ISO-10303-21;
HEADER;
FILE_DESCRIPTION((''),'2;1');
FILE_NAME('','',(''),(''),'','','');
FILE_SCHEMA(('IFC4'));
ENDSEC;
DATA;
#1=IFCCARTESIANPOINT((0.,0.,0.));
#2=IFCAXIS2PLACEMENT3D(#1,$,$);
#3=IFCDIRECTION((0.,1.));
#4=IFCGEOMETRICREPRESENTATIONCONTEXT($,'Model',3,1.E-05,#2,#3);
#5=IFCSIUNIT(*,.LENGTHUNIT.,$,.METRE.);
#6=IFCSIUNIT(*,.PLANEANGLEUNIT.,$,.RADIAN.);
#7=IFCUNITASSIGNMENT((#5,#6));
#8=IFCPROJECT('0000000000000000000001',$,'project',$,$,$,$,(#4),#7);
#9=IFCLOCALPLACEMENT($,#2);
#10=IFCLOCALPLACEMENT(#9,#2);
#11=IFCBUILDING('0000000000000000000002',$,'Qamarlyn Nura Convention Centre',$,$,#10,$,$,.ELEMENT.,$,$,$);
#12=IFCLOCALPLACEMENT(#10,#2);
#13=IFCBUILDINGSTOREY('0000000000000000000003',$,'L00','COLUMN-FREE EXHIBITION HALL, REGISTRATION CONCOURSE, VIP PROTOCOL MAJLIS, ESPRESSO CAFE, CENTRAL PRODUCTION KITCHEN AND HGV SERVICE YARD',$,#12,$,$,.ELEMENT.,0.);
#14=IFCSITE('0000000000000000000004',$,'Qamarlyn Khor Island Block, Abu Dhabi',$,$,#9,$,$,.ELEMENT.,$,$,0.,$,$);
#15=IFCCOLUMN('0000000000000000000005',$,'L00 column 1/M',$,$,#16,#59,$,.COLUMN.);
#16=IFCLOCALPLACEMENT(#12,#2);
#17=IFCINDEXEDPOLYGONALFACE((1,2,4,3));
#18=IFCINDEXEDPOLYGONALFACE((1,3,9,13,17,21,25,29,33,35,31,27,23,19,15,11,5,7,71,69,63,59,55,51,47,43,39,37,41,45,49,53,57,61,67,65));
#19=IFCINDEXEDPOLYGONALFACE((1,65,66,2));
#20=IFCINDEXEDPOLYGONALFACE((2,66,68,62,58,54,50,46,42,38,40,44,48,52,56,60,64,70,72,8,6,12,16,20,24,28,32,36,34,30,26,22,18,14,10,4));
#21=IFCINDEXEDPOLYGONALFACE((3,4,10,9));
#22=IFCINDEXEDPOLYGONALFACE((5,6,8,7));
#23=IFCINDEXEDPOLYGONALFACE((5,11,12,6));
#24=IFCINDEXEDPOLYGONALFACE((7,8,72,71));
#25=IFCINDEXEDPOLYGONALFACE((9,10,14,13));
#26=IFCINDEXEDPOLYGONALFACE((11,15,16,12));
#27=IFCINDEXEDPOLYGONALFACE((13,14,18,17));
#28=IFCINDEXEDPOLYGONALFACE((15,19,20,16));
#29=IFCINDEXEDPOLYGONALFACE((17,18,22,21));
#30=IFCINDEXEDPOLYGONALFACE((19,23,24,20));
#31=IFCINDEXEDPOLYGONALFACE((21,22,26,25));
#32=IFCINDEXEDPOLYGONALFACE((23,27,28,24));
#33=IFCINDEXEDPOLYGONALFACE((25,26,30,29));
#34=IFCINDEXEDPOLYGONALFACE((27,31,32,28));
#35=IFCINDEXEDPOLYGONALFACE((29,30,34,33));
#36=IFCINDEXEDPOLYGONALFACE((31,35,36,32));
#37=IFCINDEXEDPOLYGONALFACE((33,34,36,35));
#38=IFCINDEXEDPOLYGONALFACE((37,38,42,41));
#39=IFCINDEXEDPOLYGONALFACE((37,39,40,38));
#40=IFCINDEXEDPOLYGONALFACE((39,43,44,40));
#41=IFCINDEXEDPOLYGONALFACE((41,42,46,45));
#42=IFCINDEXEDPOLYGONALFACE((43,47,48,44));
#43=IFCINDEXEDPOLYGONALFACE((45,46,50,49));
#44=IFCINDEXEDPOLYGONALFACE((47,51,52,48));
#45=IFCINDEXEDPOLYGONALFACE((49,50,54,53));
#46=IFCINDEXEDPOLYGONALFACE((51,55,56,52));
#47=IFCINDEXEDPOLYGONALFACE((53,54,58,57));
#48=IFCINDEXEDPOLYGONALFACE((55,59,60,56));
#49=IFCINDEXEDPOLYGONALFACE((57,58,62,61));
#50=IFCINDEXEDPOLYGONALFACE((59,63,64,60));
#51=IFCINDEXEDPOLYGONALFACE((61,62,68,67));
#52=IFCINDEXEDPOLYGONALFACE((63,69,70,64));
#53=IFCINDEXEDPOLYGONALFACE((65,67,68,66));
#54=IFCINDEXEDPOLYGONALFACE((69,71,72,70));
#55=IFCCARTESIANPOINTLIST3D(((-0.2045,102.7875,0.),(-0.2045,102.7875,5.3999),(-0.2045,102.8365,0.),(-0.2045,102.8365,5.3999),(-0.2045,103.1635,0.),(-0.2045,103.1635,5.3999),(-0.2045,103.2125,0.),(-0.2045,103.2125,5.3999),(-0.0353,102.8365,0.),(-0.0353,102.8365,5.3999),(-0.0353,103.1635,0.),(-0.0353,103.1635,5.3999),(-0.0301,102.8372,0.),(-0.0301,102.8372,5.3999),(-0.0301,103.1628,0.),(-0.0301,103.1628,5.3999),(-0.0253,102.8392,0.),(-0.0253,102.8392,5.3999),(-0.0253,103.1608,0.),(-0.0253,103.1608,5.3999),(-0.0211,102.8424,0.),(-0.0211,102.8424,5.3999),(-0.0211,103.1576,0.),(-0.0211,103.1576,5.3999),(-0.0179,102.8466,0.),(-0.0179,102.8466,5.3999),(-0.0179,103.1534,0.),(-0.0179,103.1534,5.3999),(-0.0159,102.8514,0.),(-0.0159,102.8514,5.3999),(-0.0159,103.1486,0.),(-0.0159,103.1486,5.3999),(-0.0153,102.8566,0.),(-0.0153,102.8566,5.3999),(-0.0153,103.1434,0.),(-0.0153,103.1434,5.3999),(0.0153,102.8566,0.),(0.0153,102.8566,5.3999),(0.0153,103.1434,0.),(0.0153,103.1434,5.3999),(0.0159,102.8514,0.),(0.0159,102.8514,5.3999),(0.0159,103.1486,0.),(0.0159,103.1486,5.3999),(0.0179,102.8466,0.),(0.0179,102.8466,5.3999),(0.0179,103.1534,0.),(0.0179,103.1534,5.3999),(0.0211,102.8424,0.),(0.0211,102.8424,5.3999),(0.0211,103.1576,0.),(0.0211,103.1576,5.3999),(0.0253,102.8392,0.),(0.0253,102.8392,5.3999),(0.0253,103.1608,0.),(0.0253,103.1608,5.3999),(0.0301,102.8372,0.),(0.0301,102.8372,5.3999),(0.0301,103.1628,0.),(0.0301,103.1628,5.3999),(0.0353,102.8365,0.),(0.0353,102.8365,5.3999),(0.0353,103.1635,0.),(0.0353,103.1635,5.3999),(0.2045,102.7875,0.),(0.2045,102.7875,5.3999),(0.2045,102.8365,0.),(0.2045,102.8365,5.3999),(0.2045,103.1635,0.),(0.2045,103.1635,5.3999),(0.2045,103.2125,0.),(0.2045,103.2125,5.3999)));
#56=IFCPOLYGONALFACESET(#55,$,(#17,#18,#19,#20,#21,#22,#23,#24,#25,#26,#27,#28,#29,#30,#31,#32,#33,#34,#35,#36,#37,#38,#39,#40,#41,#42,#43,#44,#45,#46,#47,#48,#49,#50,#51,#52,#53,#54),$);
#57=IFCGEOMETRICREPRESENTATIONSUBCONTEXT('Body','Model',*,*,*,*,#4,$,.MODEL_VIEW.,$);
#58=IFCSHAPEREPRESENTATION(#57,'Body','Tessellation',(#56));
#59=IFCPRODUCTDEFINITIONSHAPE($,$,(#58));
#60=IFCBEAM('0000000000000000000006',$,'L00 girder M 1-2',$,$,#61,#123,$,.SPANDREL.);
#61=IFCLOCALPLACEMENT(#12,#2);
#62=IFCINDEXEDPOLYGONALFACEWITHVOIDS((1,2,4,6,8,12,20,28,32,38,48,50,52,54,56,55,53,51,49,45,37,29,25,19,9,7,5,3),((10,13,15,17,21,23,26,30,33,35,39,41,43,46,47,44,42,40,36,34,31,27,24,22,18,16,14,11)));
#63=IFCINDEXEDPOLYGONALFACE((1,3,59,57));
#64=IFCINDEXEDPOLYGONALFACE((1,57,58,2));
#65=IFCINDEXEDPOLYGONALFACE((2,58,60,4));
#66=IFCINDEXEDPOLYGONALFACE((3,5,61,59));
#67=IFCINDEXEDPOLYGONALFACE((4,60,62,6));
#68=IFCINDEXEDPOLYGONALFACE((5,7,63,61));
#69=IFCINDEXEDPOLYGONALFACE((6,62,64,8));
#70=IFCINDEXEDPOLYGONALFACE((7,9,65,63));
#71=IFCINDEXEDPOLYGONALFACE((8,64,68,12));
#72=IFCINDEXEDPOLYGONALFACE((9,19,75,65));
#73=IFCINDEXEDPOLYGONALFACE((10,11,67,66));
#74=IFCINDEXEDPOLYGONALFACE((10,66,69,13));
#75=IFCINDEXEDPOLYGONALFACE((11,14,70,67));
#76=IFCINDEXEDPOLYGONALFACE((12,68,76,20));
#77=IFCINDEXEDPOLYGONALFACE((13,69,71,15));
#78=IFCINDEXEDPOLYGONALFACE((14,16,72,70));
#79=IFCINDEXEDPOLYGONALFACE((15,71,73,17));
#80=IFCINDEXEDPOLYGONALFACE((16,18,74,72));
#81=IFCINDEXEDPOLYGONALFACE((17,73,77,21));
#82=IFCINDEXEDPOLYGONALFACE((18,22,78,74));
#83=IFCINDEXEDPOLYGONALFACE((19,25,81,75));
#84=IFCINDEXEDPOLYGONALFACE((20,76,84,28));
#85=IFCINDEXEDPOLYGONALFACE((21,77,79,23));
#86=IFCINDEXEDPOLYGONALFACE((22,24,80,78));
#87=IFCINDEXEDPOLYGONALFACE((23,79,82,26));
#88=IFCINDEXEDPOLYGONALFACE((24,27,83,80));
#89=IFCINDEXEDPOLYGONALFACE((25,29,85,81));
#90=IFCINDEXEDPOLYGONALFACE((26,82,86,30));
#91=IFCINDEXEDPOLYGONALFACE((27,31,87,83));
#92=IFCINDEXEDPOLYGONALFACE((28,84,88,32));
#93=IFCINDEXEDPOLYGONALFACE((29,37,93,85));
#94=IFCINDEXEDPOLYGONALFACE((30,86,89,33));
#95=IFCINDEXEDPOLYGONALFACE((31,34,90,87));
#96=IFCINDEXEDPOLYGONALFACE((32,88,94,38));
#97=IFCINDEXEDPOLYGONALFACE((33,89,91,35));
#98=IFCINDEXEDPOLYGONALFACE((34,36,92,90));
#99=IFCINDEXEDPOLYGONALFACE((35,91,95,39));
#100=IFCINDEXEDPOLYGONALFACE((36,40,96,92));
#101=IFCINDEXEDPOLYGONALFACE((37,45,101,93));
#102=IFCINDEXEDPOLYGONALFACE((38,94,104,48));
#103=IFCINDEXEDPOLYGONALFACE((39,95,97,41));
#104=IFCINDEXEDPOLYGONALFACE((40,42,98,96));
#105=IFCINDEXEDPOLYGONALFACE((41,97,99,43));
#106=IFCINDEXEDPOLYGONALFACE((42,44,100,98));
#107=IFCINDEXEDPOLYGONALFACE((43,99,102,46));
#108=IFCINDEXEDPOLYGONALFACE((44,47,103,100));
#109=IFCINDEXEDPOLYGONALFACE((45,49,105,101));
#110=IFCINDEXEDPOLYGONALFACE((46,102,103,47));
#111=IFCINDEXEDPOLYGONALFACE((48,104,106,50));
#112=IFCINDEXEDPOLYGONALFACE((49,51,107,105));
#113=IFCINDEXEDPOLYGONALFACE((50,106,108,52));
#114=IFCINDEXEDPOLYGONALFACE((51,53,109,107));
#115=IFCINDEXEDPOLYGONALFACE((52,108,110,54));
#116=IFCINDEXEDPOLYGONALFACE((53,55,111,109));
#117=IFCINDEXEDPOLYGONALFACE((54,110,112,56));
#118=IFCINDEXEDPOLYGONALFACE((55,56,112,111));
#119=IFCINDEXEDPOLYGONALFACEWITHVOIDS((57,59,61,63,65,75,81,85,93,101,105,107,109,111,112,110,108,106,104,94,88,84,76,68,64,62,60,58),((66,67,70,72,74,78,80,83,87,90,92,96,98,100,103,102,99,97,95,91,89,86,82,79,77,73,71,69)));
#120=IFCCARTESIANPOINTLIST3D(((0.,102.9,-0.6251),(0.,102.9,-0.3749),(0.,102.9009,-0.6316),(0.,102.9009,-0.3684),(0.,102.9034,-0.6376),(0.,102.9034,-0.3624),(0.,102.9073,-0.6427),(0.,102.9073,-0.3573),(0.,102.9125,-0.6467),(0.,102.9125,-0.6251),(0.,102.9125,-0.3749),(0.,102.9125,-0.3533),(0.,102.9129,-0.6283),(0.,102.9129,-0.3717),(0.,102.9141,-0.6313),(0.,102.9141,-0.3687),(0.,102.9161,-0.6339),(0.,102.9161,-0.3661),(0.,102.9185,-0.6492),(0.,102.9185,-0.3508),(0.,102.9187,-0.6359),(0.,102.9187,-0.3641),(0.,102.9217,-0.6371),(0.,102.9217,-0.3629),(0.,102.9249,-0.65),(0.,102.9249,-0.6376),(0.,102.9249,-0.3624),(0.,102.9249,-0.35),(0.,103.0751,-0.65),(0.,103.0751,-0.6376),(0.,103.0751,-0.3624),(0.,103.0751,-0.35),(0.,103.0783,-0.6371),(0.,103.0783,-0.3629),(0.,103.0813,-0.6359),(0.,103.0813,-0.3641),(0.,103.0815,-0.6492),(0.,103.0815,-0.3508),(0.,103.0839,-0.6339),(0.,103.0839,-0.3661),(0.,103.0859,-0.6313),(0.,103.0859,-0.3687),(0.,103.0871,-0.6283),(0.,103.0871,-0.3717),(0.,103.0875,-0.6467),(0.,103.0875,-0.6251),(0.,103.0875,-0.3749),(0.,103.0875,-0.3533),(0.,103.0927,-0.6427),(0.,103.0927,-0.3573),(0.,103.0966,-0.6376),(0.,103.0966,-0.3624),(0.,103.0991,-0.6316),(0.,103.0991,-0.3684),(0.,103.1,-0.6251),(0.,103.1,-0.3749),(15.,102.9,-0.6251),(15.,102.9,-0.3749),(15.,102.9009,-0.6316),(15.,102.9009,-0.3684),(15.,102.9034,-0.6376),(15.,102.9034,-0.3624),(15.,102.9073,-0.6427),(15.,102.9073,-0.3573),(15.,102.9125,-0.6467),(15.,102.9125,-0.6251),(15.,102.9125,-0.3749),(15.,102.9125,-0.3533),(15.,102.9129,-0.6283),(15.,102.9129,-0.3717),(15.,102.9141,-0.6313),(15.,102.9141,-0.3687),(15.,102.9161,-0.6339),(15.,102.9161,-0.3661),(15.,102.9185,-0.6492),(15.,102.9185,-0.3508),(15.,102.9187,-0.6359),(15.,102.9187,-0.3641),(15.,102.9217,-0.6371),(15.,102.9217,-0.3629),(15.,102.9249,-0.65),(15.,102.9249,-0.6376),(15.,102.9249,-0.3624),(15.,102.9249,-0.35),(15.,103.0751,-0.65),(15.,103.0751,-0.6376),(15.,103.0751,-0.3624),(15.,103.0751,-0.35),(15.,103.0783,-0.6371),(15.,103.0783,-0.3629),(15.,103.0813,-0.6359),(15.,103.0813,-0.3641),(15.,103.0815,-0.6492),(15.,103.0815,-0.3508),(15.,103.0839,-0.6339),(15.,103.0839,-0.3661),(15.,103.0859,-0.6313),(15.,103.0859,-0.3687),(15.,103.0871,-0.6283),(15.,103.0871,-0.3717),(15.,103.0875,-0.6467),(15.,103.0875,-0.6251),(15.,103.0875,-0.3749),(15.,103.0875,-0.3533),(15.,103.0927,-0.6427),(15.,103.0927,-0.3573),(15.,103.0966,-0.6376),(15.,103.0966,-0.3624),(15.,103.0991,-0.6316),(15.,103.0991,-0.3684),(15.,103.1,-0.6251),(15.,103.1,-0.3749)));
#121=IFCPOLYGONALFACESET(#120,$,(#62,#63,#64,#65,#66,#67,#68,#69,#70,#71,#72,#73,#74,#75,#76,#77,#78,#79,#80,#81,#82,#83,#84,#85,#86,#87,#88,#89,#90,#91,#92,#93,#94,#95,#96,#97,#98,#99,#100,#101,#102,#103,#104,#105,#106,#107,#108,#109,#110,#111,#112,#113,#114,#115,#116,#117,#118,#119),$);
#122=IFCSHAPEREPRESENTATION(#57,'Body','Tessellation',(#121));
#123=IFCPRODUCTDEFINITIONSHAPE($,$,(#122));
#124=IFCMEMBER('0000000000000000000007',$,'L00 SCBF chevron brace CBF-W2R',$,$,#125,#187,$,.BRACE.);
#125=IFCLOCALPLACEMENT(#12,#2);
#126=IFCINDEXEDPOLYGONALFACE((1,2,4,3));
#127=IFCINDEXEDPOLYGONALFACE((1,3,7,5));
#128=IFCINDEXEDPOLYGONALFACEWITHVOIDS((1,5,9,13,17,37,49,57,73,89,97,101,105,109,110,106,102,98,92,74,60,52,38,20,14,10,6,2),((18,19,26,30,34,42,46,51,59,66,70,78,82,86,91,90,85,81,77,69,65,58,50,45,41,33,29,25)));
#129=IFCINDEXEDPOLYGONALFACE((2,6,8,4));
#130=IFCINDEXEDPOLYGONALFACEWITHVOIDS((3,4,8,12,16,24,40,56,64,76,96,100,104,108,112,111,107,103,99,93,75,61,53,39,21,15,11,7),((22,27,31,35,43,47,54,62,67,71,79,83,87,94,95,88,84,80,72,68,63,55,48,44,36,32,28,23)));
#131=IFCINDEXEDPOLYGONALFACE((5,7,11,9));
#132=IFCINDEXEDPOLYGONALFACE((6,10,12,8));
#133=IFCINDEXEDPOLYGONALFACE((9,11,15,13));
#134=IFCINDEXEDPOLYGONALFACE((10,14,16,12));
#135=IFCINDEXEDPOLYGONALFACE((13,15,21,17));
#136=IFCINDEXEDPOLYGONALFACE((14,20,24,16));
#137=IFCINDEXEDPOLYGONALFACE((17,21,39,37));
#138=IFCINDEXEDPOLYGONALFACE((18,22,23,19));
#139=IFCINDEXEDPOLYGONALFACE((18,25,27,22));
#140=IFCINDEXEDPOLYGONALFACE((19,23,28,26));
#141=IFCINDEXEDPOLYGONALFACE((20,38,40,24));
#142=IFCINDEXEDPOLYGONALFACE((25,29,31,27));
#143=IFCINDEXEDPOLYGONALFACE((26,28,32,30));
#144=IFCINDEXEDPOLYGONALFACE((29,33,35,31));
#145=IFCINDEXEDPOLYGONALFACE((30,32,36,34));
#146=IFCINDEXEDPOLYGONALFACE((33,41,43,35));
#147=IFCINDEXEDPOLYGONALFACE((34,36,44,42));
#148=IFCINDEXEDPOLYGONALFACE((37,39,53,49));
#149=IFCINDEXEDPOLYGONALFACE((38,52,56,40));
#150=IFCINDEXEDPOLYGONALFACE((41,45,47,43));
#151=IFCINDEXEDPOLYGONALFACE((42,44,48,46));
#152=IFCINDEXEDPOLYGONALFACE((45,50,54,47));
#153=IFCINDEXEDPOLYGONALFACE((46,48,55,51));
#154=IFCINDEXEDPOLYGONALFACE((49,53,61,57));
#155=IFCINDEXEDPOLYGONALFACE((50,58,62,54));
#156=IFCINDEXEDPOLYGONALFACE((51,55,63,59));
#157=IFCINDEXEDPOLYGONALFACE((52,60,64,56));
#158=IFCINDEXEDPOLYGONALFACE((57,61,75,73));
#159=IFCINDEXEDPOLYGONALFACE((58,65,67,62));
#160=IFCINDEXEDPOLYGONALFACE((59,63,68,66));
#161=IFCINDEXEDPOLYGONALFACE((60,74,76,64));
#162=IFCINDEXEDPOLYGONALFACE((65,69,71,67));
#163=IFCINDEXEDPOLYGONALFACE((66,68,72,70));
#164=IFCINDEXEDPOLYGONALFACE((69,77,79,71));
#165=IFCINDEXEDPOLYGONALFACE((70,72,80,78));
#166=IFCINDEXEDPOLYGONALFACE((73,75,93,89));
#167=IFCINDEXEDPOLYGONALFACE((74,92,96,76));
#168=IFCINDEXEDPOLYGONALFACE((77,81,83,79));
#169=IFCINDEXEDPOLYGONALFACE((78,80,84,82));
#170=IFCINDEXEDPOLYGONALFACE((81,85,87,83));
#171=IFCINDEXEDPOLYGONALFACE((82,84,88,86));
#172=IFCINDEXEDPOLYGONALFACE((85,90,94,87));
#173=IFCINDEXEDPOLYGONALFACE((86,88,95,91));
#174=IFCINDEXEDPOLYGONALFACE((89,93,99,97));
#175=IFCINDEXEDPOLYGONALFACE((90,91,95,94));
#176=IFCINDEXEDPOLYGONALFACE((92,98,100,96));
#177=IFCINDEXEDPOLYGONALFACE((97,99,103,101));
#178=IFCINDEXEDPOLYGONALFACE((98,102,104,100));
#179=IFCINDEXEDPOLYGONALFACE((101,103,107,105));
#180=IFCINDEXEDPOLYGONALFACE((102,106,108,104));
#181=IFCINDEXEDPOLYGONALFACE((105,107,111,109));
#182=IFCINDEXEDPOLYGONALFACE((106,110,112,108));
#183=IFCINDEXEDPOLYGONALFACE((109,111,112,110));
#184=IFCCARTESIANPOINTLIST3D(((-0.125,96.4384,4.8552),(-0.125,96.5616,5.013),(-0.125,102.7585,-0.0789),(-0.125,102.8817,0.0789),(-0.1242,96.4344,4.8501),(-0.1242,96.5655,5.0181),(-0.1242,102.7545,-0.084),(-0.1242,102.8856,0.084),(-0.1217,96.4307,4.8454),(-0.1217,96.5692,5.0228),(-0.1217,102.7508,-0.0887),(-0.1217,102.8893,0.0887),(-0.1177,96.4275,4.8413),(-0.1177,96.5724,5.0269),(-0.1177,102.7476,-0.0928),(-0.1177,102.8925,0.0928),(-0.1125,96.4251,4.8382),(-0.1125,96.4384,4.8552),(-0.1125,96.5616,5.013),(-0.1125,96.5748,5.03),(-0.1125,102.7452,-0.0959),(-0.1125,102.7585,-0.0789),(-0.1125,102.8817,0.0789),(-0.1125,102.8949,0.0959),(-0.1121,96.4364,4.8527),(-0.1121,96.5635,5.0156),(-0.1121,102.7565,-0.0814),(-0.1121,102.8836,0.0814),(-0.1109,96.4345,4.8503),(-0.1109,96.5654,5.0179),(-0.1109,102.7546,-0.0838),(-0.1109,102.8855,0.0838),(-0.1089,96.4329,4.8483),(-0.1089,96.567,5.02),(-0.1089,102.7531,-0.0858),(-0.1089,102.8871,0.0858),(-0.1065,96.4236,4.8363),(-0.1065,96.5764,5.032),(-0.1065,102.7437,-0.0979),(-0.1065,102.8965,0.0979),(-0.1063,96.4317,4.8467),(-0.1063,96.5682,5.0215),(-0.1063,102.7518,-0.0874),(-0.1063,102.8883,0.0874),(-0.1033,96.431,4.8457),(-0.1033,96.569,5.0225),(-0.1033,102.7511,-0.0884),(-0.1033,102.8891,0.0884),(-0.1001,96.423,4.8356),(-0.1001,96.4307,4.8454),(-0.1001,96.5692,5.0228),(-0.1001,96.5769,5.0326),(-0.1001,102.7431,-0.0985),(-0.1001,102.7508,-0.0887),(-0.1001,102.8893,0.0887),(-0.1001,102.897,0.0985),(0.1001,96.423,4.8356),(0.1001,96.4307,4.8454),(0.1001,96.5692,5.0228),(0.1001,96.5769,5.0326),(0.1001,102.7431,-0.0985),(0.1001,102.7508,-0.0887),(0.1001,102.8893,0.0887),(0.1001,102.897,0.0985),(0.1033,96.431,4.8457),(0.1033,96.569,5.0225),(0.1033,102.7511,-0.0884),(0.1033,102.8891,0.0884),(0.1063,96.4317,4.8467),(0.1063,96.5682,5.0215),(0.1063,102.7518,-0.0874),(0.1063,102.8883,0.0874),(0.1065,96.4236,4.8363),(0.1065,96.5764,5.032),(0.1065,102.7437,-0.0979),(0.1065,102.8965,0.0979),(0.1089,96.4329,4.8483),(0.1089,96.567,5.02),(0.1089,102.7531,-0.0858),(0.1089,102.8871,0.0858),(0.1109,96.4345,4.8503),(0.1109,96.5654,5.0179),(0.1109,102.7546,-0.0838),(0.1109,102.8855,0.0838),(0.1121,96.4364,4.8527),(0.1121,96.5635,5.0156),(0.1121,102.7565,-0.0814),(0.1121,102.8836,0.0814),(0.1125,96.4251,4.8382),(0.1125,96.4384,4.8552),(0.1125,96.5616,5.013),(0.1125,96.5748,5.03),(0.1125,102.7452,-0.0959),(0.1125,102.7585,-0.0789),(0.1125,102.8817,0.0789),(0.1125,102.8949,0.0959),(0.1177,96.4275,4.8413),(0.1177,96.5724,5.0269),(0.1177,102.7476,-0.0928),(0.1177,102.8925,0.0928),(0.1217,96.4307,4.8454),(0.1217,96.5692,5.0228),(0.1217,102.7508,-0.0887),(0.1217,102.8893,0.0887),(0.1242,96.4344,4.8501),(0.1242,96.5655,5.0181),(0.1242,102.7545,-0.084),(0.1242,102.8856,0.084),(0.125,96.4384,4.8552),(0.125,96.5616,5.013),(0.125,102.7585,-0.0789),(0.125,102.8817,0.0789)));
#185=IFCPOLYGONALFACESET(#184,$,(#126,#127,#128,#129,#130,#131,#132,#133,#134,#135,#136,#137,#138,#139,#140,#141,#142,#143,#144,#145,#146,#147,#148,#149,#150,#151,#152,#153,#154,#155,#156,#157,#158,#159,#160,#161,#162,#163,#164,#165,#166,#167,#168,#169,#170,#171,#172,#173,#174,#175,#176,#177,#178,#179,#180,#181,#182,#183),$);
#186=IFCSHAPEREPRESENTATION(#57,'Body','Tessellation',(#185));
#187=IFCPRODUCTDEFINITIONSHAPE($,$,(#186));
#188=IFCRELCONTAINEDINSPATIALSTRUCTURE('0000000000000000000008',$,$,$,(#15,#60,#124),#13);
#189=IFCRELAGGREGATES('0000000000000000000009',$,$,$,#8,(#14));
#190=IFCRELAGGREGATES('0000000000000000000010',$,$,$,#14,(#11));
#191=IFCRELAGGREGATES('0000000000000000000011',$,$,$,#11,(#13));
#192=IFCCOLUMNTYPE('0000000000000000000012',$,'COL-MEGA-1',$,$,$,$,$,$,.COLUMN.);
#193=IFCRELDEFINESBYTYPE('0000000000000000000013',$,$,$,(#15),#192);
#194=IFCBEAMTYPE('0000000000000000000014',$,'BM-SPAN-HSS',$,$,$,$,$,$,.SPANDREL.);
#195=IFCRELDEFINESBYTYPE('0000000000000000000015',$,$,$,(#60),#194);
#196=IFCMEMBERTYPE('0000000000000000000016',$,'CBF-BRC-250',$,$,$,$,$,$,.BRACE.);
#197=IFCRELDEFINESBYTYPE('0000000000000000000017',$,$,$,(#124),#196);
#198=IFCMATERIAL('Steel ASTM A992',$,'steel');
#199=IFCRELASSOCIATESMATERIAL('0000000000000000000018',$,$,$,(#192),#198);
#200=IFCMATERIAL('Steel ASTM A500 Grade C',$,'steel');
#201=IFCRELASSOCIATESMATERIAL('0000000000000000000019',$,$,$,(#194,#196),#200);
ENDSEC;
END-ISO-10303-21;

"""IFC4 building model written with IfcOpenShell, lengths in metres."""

from ifc_helpers import new_model, si_unit, direction, frame, origin, origin_2d, place, context, subcontext, project, spatial, hollow_rectangle, i_section, extrude, material, material_profile, profile_set, type_object, element, save


model = new_model("IFC4")

# Units and contexts
model_context = context("Model", 3, precision=1e-05, world=origin(), true_north=direction((0.0, 1.0)))
body_context = subcontext(model_context, "Body", "Model", "MODEL_VIEW")
ifc_project = project(units=[si_unit("LENGTHUNIT", "METRE"), si_unit("PLANEANGLEUNIT", "RADIAN")], contexts=[model_context])

# Site, building, storey
site_placement = place(None, origin())
site = spatial("IfcSite", under=ifc_project, at=site_placement, Name="Qamarlyn Khor Island Block, Abu Dhabi", CompositionType="ELEMENT", RefElevation=0.0)
building_placement = place(site_placement, origin())
building = spatial("IfcBuilding", under=site, at=building_placement, Name="Qamarlyn Nura Convention Centre", CompositionType="ELEMENT")
storey_placement = place(building_placement, origin())
storey = spatial("IfcBuildingStorey", under=building, at=storey_placement, Name="L00", Description="COLUMN-FREE EXHIBITION HALL, REGISTRATION CONCOURSE, VIP PROTOCOL MAJLIS, ESPRESSO CAFE, CENTRAL PRODUCTION KITCHEN AND HGV SERVICE YARD", CompositionType="ELEMENT", Elevation=0.0)

# Column
ifc_material_1 = material(Name="Steel ASTM A992", Category="steel")
ifc_material_profile_1 = material_profile(ifc_material_1, i_section(OverallWidth=0.4089, OverallDepth=0.425, WebThickness=0.0305, FlangeThickness=0.0491, FilletRadius=0.02, at=origin_2d()), Name="W360X421")
ifc_profile_set_1 = profile_set([ifc_material_profile_1], Name="Steel ASTM A992")
column_type = type_object("IfcColumnType", Name="COL-MEGA-1", PredefinedType="COLUMN", material=ifc_profile_set_1)
column_placement = place(storey_placement, frame((0.0, 103.0, 0.0), z_axis=(0.0, 0.0, 1.0), x_axis=(1.0, 0.0, 0.0)))
element("IfcColumn", 1, at=column_placement, inside=storey, type_object=column_type, Name="L00 column 1/M", PredefinedType="COLUMN", context=body_context, shape_type="SweptSolid", body=[
    extrude(i_section(OverallWidth=0.4089, OverallDepth=0.425, WebThickness=0.0305, FlangeThickness=0.0491, FilletRadius=0.02, at=origin_2d()), origin(), (0.0, 0.0, 1.0), 5.3999),
])

# Beam
ifc_material_2 = material(Name="Steel ASTM A500 Grade C", Category="steel")
ifc_material_profile_2 = material_profile(ifc_material_2, hollow_rectangle(XDim=0.2, YDim=0.3, WallThickness=0.0125, InnerFilletRadius=0.0125, OuterFilletRadius=0.0249, at=origin_2d()), Name="HSS300X200X12.5")
ifc_profile_set_2 = profile_set([ifc_material_profile_2], Name="Steel ASTM A500 Grade C")
beam_type = type_object("IfcBeamType", Name="BM-SPAN-HSS", PredefinedType="SPANDREL", material=ifc_profile_set_2)
beam_placement = place(storey_placement, frame((0.0, 103.0, -0.5), z_axis=(1.0, 0.0, 0.0), x_axis=(0.0, 1.0, 0.0)))
element("IfcBeam", 2, at=beam_placement, inside=storey, type_object=beam_type, Name="L00 girder M 1-2", PredefinedType="SPANDREL", context=body_context, shape_type="SweptSolid", body=[
    extrude(hollow_rectangle(XDim=0.2, YDim=0.3, WallThickness=0.0125, InnerFilletRadius=0.0125, OuterFilletRadius=0.0249, at=origin_2d()), origin(), (0.0, 0.0, 1.0), 15.0),
])

# Member
ifc_material_profile_3 = material_profile(ifc_material_2, hollow_rectangle(XDim=0.25, YDim=0.25, WallThickness=0.0125, InnerFilletRadius=0.0125, OuterFilletRadius=0.0249, at=origin_2d()), Name="HSS250X250X12.5")
ifc_profile_set_3 = profile_set([ifc_material_profile_3], Name="Steel ASTM A500 Grade C")
member_type = type_object("IfcMemberType", Name="CBF-BRC-250", PredefinedType="BRACE", material=ifc_profile_set_3)
member_placement = place(storey_placement, frame((0.0, 102.8201, 0.0), z_axis=(0.0, -0.788234, 0.615375), x_axis=(1.0, 0.0, 0.0)))
element("IfcMember", 3, at=member_placement, inside=storey, type_object=member_type, Name="L00 SCBF chevron brace CBF-W2R", PredefinedType="BRACE", context=body_context, shape_type="SweptSolid", body=[
    extrude(hollow_rectangle(XDim=0.25, YDim=0.25, WallThickness=0.0125, InnerFilletRadius=0.0125, OuterFilletRadius=0.0249, at=origin_2d()), origin(), (0.0, 0.0, 1.0), 8.0181),
])

save(model, "model.ifc")
